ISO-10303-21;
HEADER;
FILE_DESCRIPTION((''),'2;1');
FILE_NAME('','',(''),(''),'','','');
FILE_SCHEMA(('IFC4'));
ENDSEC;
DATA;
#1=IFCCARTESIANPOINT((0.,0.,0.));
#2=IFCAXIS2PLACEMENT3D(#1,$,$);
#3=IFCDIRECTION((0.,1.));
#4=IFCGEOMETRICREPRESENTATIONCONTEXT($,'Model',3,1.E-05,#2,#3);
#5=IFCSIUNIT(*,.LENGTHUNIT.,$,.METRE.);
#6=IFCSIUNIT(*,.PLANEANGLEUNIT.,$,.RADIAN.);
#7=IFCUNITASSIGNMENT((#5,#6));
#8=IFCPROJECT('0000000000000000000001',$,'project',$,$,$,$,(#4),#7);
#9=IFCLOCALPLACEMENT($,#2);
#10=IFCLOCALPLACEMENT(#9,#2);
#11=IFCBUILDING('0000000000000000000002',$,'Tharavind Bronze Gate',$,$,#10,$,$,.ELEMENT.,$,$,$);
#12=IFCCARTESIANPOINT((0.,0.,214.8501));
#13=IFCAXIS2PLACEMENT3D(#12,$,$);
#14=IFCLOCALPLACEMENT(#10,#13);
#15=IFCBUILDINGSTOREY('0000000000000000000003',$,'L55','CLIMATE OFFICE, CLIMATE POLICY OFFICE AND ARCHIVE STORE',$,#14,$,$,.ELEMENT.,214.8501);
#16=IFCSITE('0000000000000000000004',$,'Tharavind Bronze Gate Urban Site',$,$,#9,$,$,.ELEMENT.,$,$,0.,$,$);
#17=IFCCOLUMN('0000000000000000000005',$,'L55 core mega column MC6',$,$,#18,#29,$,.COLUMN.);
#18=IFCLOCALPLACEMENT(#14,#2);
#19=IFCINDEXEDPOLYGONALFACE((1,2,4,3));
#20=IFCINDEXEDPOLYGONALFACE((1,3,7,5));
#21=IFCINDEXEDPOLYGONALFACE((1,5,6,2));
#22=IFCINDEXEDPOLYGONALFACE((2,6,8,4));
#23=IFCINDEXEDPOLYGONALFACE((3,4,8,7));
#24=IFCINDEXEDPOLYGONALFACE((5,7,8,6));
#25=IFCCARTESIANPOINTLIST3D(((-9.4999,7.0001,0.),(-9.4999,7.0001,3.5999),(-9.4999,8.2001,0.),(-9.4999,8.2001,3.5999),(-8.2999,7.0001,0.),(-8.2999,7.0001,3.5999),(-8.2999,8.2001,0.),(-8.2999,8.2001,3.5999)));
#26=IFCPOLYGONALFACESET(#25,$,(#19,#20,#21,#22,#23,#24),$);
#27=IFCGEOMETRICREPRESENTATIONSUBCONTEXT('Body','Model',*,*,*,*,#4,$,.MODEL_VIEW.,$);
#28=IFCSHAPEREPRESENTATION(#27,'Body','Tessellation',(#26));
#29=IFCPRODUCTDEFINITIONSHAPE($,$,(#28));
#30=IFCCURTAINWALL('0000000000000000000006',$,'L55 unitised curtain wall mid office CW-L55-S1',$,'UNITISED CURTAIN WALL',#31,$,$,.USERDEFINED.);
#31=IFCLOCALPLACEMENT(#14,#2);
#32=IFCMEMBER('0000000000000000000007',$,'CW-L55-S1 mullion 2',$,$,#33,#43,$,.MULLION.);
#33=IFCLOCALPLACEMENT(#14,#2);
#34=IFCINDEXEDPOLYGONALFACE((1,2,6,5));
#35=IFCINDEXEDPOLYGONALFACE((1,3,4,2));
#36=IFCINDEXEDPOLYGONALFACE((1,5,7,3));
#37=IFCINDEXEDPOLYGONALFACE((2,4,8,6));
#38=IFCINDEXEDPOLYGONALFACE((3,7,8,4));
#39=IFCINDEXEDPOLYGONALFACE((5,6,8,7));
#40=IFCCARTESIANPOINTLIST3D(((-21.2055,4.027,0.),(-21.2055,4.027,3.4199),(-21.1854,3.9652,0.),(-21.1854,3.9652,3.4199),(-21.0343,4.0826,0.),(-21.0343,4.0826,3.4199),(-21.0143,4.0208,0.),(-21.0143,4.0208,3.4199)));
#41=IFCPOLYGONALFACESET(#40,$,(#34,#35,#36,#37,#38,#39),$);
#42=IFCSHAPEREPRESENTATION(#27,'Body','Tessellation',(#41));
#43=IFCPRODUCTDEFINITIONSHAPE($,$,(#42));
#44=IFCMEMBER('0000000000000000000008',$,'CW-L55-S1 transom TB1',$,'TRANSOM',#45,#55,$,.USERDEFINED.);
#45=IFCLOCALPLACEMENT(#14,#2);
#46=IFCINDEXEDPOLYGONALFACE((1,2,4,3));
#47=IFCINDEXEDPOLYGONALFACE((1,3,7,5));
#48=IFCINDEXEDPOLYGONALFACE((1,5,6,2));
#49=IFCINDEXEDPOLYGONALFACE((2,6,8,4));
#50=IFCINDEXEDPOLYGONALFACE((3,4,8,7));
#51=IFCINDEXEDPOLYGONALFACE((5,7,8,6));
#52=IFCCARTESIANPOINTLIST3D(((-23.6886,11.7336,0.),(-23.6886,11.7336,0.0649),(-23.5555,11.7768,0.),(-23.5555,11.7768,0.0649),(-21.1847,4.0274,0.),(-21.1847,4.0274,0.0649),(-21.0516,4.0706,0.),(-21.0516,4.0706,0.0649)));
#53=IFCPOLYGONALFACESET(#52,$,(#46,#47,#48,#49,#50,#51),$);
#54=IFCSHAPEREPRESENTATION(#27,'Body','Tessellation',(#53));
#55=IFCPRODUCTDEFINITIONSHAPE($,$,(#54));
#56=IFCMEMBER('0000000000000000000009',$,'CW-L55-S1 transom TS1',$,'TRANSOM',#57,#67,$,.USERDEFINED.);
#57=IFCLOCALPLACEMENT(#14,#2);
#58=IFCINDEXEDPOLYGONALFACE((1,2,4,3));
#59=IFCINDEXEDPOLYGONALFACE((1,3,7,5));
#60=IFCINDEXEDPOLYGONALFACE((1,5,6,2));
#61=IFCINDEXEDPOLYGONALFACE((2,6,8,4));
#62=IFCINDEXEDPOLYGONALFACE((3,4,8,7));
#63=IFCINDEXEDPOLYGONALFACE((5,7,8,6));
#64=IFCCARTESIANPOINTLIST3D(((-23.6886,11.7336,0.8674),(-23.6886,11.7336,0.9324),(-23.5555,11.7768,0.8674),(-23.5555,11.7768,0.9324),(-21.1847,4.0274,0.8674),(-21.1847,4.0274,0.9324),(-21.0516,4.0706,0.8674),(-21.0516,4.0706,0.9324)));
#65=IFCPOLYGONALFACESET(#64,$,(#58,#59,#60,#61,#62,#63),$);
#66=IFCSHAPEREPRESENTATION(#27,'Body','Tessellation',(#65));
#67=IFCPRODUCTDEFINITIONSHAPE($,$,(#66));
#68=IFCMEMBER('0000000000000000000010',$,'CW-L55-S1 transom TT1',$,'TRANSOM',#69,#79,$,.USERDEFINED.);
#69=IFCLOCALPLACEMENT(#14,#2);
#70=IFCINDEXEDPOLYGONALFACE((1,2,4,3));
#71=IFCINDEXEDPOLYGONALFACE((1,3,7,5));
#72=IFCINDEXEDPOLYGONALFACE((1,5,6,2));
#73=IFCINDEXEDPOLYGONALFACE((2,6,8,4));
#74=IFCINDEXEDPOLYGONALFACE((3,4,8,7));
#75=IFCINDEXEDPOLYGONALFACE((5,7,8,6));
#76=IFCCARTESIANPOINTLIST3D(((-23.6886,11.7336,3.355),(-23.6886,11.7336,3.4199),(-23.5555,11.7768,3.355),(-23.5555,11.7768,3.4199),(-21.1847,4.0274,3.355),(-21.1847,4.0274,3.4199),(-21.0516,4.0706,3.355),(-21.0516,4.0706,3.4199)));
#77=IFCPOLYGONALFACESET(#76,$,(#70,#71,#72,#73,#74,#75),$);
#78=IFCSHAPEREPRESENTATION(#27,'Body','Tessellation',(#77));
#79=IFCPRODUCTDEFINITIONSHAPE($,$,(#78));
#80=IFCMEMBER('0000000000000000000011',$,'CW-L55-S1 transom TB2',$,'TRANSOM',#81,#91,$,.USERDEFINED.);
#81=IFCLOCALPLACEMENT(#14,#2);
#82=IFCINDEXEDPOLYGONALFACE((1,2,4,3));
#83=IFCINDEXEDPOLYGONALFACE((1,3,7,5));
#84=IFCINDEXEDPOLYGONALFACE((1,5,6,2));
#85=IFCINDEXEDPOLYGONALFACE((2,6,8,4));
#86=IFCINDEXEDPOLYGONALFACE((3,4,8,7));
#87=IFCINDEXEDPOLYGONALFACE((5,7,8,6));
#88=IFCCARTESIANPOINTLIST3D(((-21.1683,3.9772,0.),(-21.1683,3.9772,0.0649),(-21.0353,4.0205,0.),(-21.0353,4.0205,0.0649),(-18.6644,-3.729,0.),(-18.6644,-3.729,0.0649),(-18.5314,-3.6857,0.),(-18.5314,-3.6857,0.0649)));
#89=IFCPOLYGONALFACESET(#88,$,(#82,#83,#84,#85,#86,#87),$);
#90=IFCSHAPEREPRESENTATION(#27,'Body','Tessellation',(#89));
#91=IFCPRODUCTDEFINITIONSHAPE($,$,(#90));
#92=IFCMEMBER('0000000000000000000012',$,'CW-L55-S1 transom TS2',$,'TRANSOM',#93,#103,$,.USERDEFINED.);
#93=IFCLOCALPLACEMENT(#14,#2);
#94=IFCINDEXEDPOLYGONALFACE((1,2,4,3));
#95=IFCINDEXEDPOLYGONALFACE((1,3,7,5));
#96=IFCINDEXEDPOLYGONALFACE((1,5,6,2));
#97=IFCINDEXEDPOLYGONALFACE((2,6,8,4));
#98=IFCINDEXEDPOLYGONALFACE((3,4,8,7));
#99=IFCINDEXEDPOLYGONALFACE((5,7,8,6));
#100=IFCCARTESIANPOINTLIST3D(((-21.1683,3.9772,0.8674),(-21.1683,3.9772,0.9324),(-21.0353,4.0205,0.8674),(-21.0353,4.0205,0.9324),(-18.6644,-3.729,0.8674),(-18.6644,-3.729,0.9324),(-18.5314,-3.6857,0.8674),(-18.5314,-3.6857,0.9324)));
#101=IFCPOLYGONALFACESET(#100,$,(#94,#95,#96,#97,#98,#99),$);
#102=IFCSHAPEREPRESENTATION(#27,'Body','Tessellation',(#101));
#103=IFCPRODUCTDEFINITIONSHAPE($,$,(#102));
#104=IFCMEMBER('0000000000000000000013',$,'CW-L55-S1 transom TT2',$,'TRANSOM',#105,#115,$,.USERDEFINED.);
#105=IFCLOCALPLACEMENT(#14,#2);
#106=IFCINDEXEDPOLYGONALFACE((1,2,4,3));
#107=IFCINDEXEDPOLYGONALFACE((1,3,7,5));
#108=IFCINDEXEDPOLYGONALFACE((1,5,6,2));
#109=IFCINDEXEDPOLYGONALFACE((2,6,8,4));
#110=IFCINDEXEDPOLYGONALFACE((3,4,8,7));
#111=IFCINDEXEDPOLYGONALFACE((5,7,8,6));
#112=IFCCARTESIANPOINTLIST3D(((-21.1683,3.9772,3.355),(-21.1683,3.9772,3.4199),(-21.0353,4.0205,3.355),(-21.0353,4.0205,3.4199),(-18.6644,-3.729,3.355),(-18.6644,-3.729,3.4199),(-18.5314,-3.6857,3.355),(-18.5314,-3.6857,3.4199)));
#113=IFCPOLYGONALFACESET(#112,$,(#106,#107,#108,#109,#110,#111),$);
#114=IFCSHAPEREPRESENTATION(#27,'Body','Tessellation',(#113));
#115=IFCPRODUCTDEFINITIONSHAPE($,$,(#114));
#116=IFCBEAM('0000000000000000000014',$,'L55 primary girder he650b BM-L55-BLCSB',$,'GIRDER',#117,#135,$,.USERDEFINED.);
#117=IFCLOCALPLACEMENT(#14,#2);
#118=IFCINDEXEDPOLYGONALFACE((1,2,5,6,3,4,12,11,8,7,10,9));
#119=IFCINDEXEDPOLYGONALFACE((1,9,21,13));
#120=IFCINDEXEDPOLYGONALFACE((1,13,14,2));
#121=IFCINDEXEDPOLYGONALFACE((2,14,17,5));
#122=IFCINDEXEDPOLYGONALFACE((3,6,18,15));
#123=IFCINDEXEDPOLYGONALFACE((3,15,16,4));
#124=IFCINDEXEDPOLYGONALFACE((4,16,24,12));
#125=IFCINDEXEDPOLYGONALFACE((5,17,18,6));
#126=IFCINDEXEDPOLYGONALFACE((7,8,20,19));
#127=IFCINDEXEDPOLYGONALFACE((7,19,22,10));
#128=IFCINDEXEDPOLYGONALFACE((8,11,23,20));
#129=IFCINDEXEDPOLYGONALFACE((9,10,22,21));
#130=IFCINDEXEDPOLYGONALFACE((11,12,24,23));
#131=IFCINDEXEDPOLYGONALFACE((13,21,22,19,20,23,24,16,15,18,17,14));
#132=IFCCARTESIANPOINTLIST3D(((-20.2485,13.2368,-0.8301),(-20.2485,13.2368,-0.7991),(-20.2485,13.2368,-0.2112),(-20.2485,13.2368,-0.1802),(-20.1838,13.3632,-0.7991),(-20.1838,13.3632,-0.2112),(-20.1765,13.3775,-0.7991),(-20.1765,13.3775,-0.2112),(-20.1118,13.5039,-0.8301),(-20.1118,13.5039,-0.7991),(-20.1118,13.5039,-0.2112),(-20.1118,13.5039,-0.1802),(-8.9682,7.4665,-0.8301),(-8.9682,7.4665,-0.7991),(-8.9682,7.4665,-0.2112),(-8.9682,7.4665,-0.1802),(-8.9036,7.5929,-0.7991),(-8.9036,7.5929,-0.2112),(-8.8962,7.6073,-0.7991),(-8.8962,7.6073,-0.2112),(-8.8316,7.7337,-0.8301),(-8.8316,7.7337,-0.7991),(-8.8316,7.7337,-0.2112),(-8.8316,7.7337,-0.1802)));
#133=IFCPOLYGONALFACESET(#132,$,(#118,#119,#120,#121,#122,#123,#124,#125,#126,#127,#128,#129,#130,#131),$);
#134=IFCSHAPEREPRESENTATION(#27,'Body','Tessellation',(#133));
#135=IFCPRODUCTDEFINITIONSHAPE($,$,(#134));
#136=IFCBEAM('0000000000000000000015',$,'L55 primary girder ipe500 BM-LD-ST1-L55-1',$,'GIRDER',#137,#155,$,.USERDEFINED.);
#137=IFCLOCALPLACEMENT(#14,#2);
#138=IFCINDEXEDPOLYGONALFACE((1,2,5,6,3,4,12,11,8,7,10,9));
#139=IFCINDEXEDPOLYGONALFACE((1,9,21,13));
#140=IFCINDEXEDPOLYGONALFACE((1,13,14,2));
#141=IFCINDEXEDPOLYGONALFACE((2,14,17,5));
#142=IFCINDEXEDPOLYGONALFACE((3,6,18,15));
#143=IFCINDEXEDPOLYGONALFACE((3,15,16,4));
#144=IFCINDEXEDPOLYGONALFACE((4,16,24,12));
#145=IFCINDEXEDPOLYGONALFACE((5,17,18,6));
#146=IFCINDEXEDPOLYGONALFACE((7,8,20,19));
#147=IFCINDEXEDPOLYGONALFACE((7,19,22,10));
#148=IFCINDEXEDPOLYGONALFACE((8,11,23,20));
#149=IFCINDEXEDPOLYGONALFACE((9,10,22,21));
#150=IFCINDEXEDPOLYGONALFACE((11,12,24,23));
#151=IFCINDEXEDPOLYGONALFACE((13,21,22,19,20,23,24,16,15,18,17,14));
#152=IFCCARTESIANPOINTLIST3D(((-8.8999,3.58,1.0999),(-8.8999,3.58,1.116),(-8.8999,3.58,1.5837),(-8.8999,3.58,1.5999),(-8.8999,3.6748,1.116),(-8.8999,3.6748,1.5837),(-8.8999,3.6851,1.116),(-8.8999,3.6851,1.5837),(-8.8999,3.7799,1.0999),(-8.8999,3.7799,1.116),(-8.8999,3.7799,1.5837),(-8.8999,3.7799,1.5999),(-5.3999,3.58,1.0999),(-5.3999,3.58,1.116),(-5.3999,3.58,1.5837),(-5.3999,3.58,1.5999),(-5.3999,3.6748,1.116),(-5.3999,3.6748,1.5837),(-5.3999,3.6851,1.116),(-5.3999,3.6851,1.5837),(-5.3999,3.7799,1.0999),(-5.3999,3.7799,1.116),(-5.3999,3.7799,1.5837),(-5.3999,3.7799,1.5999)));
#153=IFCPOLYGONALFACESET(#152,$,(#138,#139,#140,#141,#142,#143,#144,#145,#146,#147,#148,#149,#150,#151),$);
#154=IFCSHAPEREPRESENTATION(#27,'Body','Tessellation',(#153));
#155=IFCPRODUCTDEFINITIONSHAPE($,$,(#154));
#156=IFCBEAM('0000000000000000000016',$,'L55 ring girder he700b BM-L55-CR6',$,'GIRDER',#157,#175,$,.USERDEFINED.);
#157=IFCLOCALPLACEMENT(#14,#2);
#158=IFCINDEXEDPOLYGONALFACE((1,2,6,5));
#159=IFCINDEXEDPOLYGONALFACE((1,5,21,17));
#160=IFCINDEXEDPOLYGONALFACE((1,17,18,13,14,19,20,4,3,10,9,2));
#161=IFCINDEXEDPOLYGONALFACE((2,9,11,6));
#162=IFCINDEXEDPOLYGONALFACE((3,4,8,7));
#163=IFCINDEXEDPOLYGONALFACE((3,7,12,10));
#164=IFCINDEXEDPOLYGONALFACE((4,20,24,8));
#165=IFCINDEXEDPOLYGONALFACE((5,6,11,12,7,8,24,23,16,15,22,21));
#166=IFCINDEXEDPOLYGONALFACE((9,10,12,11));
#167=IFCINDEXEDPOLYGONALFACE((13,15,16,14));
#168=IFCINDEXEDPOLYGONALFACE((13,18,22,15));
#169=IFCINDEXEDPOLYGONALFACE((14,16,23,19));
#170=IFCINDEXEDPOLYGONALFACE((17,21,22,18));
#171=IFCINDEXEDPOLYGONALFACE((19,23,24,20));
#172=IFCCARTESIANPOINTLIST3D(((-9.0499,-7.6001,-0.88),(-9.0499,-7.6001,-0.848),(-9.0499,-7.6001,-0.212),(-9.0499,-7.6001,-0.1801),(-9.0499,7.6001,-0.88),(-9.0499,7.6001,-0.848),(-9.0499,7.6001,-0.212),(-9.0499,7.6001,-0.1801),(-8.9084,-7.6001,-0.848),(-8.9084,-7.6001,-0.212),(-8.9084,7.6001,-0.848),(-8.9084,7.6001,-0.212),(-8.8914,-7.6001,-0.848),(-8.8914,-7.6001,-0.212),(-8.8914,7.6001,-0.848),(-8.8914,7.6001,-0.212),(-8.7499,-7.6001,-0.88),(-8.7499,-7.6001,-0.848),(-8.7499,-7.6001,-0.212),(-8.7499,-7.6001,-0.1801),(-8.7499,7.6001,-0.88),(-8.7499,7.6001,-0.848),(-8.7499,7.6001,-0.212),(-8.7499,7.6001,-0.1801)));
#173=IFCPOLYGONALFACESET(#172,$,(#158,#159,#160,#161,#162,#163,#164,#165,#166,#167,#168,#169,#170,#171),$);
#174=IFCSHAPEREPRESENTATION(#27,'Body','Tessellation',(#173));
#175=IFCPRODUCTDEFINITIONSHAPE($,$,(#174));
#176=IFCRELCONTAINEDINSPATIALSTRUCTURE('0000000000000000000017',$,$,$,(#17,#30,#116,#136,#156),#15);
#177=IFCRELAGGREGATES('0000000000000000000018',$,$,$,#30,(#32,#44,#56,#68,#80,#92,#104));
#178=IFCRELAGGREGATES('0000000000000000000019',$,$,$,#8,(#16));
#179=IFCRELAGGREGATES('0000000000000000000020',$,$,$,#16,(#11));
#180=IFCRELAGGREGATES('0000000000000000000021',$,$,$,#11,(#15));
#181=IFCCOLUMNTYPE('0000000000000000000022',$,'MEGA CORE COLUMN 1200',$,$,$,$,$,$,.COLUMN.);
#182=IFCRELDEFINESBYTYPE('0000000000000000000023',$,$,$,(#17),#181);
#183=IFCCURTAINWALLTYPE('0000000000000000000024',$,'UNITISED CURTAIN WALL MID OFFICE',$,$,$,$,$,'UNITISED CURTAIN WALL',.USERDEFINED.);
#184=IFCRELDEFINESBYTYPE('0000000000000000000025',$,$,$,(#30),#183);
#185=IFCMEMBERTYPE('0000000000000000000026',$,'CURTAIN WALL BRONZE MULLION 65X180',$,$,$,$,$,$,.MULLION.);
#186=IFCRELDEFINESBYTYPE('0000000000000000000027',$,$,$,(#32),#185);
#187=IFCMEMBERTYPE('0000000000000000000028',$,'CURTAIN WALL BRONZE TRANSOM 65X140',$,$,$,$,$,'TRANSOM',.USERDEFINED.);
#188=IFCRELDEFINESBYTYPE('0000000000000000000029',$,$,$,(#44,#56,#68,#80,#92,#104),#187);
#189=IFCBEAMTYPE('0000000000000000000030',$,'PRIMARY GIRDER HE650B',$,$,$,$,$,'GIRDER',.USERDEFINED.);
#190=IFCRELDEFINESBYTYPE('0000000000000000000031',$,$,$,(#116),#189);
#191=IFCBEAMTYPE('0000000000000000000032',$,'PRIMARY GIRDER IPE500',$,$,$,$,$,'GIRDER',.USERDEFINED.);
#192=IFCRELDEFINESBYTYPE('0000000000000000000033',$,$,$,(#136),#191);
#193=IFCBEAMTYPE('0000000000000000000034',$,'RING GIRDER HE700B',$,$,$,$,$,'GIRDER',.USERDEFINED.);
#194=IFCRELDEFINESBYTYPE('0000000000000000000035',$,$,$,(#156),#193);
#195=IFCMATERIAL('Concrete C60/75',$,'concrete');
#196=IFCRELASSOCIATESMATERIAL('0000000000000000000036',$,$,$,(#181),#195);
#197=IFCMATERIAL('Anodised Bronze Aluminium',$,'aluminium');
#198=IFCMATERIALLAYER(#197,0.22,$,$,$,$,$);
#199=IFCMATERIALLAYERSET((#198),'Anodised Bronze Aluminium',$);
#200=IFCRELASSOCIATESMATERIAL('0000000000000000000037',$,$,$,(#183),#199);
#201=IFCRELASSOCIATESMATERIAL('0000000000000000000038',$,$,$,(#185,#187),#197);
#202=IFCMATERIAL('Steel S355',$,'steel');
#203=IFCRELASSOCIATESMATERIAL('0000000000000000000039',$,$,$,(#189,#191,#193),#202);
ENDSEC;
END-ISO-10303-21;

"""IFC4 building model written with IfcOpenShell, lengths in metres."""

from ifc_helpers import new_model, si_unit, direction, frame, origin, origin_2d, place, context, subcontext, project, spatial, rectangle, i_section, extrude, material, layer, layer_set, material_profile, profile_set, type_object, element, aggregate, save


model = new_model("IFC4")

# Units and contexts
model_context = context("Model", 3, precision=1e-05, world=origin(), true_north=direction((0.0, 1.0)))
body_context = subcontext(model_context, "Body", "Model", "MODEL_VIEW")
ifc_project = project(units=[si_unit("LENGTHUNIT", "METRE"), si_unit("PLANEANGLEUNIT", "RADIAN")], contexts=[model_context])

# Site, building, storey
site_placement = place(None, origin())
site = spatial("IfcSite", under=ifc_project, at=site_placement, Name="Tharavind Bronze Gate Urban Site", CompositionType="ELEMENT", RefElevation=0.0)
building_placement = place(site_placement, origin())
building = spatial("IfcBuilding", under=site, at=building_placement, Name="Tharavind Bronze Gate", CompositionType="ELEMENT")
storey_placement = place(building_placement, frame((0.0, 0.0, 214.8501)))
storey = spatial("IfcBuildingStorey", under=building, at=storey_placement, Name="L55", Description="CLIMATE OFFICE, CLIMATE POLICY OFFICE AND ARCHIVE STORE", CompositionType="ELEMENT", Elevation=214.8501)

# Column
ifc_material_1 = material(Name="Concrete C60/75", Category="concrete")
ifc_material_profile_1 = material_profile(ifc_material_1, rectangle(XDim=1.2, YDim=1.2, at=origin_2d()), Name="RCCOL1200")
ifc_profile_set_1 = profile_set([ifc_material_profile_1], Name="Concrete C60/75")
column_type = type_object("IfcColumnType", Name="MEGA CORE COLUMN 1200", PredefinedType="COLUMN", material=ifc_profile_set_1)
column_placement = place(storey_placement, frame((-8.8999, 7.6001, 0.0), z_axis=(0.0, 0.0, 1.0), x_axis=(1.0, 0.0, 0.0)))
element("IfcColumn", 1, at=column_placement, inside=storey, type_object=column_type, Name="L55 core mega column MC6", PredefinedType="COLUMN", context=body_context, shape_type="SweptSolid", body=[
    extrude(rectangle(XDim=1.2, YDim=1.2, at=origin_2d()), origin(), (0.0, 0.0, 1.0), 3.5999),
])

# Curtain wall, members
ifc_material_2 = material(Name="Anodised Bronze Aluminium", Category="aluminium")
ifc_layer_1 = layer(ifc_material_2, 0.22)
ifc_layer_set_1 = layer_set([ifc_layer_1], Name="Anodised Bronze Aluminium")
curtain_wall_type = type_object("IfcCurtainWallType", Name="UNITISED CURTAIN WALL MID OFFICE", ElementType="UNITISED CURTAIN WALL", PredefinedType="USERDEFINED", material=ifc_layer_set_1)
curtain_wall_placement = place(storey_placement, origin())
curtain_wall = element("IfcCurtainWall", 2, at=curtain_wall_placement, inside=storey, type_object=curtain_wall_type, Name="L55 unitised curtain wall mid office CW-L55-S1", ObjectType="UNITISED CURTAIN WALL", PredefinedType="USERDEFINED")
member_type_1 = type_object("IfcMemberType", Name="CURTAIN WALL BRONZE MULLION 65X180", PredefinedType="MULLION", material=ifc_material_2)
member_1_placement = place(storey_placement, frame((-21.1099, 4.0239, 0.0), z_axis=(0.0, 0.0, 1.0), x_axis=(0.309017, -0.951057, 0.0)))
member_1 = element("IfcMember", 3, at=member_1_placement, type_object=member_type_1, Name="CW-L55-S1 mullion 2", PredefinedType="MULLION", context=body_context, shape_type="SweptSolid", body=[
    extrude(rectangle(XDim=0.0649, YDim=0.1799, at=origin_2d()), origin(), (0.0, 0.0, 1.0), 3.4199),
])
member_type_2 = type_object("IfcMemberType", Name="CURTAIN WALL BRONZE TRANSOM 65X140", ElementType="TRANSOM", PredefinedType="USERDEFINED", material=ifc_material_2)
member_2_placement = place(storey_placement, frame((-22.3701, 7.9021, 0.0), z_axis=(0.0, 0.0, 1.0), x_axis=(0.309017, -0.951057, 0.0)))
member_2 = element("IfcMember", 4, at=member_2_placement, type_object=member_type_2, Name="CW-L55-S1 transom TB1", ObjectType="TRANSOM", PredefinedType="USERDEFINED", context=body_context, shape_type="SweptSolid", body=[
    extrude(rectangle(XDim=8.1028, YDim=0.1399, at=origin_2d()), origin(), (0.0, 0.0, 1.0), 0.0649),
])
member_3_placement = place(storey_placement, frame((-22.3701, 7.9021, 0.8674), z_axis=(0.0, 0.0, 1.0), x_axis=(0.309017, -0.951057, 0.0)))
member_3 = element("IfcMember", 5, at=member_3_placement, type_object=member_type_2, Name="CW-L55-S1 transom TS1", ObjectType="TRANSOM", PredefinedType="USERDEFINED", context=body_context, shape_type="SweptSolid", body=[
    extrude(rectangle(XDim=8.1028, YDim=0.1399, at=origin_2d()), origin(), (0.0, 0.0, 1.0), 0.0649),
])
member_4_placement = place(storey_placement, frame((-22.3701, 7.9021, 3.355), z_axis=(0.0, 0.0, 1.0), x_axis=(0.309017, -0.951057, 0.0)))
member_4 = element("IfcMember", 6, at=member_4_placement, type_object=member_type_2, Name="CW-L55-S1 transom TT1", ObjectType="TRANSOM", PredefinedType="USERDEFINED", context=body_context, shape_type="SweptSolid", body=[
    extrude(rectangle(XDim=8.1028, YDim=0.1399, at=origin_2d()), origin(), (0.0, 0.0, 1.0), 0.0649),
])
member_5_placement = place(storey_placement, frame((-19.8499, 0.1458, 0.0), z_axis=(0.0, 0.0, 1.0), x_axis=(0.309017, -0.951057, 0.0)))
member_5 = element("IfcMember", 7, at=member_5_placement, type_object=member_type_2, Name="CW-L55-S1 transom TB2", ObjectType="TRANSOM", PredefinedType="USERDEFINED", context=body_context, shape_type="SweptSolid", body=[
    extrude(rectangle(XDim=8.1028, YDim=0.1399, at=origin_2d()), origin(), (0.0, 0.0, 1.0), 0.0649),
])
member_6_placement = place(storey_placement, frame((-19.8499, 0.1458, 0.8674), z_axis=(0.0, 0.0, 1.0), x_axis=(0.309017, -0.951057, 0.0)))
member_6 = element("IfcMember", 8, at=member_6_placement, type_object=member_type_2, Name="CW-L55-S1 transom TS2", ObjectType="TRANSOM", PredefinedType="USERDEFINED", context=body_context, shape_type="SweptSolid", body=[
    extrude(rectangle(XDim=8.1028, YDim=0.1399, at=origin_2d()), origin(), (0.0, 0.0, 1.0), 0.0649),
])
member_7_placement = place(storey_placement, frame((-19.8499, 0.1458, 3.355), z_axis=(0.0, 0.0, 1.0), x_axis=(0.309017, -0.951057, 0.0)))
member_7 = element("IfcMember", 9, at=member_7_placement, type_object=member_type_2, Name="CW-L55-S1 transom TT2", ObjectType="TRANSOM", PredefinedType="USERDEFINED", context=body_context, shape_type="SweptSolid", body=[
    extrude(rectangle(XDim=8.1028, YDim=0.1399, at=origin_2d()), origin(), (0.0, 0.0, 1.0), 0.0649),
])

# Beams
ifc_material_3 = material(Name="Steel S355", Category="steel")
ifc_material_profile_2 = material_profile(ifc_material_3, i_section(OverallWidth=0.3, OverallDepth=0.6499, WebThickness=0.0161, FlangeThickness=0.031, at=origin_2d()), Name="HE650B")
ifc_profile_set_2 = profile_set([ifc_material_profile_2], Name="Steel S355")
beam_type_1 = type_object("IfcBeamType", Name="PRIMARY GIRDER HE650B", ElementType="GIRDER", PredefinedType="USERDEFINED", material=ifc_profile_set_2)
beam_1_placement = place(storey_placement, frame((-8.8999, 7.6001, -0.5051), z_axis=(-0.890281, 0.455411, 0.0), x_axis=(-0.455411, -0.890281, 0.0)))
element("IfcBeam", 10, at=beam_1_placement, inside=storey, type_object=beam_type_1, Name="L55 primary girder he650b BM-L55-BLCSB", ObjectType="GIRDER", PredefinedType="USERDEFINED", context=body_context, shape_type="SweptSolid", body=[
    extrude(i_section(OverallWidth=0.3, OverallDepth=0.6499, WebThickness=0.0161, FlangeThickness=0.031, at=origin_2d()), origin(), (0.0, 0.0, 1.0), 12.6704),
])
ifc_material_profile_3 = material_profile(ifc_material_3, i_section(OverallWidth=0.2, OverallDepth=0.5, WebThickness=0.0103, FlangeThickness=0.0161, at=origin_2d()), Name="IPE500")
ifc_profile_set_3 = profile_set([ifc_material_profile_3], Name="Steel S355")
beam_type_2 = type_object("IfcBeamType", Name="PRIMARY GIRDER IPE500", ElementType="GIRDER", PredefinedType="USERDEFINED", material=ifc_profile_set_3)
beam_2_placement = place(storey_placement, frame((-8.8999, 3.6799, 1.3499), z_axis=(1.0, 0.0, 0.0), x_axis=(0.0, 1.0, 0.0)))
element("IfcBeam", 11, at=beam_2_placement, inside=storey, type_object=beam_type_2, Name="L55 primary girder ipe500 BM-LD-ST1-L55-1", ObjectType="GIRDER", PredefinedType="USERDEFINED", context=body_context, shape_type="SweptSolid", body=[
    extrude(i_section(OverallWidth=0.2, OverallDepth=0.5, WebThickness=0.0103, FlangeThickness=0.0161, at=origin_2d()), origin(), (0.0, 0.0, 1.0), 3.5),
])
ifc_material_profile_4 = material_profile(ifc_material_3, i_section(OverallWidth=0.3, OverallDepth=0.7, WebThickness=0.0171, FlangeThickness=0.032, at=origin_2d()), Name="HE700B")
ifc_profile_set_4 = profile_set([ifc_material_profile_4], Name="Steel S355")
beam_type_3 = type_object("IfcBeamType", Name="RING GIRDER HE700B", ElementType="GIRDER", PredefinedType="USERDEFINED", material=ifc_profile_set_4)
beam_3_placement = place(storey_placement, frame((-8.8999, 7.6001, -0.53), z_axis=(0.0, -1.0, 0.0), x_axis=(1.0, 0.0, 0.0)))
element("IfcBeam", 12, at=beam_3_placement, inside=storey, type_object=beam_type_3, Name="L55 ring girder he700b BM-L55-CR6", ObjectType="GIRDER", PredefinedType="USERDEFINED", context=body_context, shape_type="SweptSolid", body=[
    extrude(i_section(OverallWidth=0.3, OverallDepth=0.7, WebThickness=0.0171, FlangeThickness=0.032, at=origin_2d()), origin(), (0.0, 0.0, 1.0), 15.2002),
])

aggregate(curtain_wall, [member_1, member_2, member_3, member_4, member_5, member_6, member_7])

save(model, "model.ifc")
